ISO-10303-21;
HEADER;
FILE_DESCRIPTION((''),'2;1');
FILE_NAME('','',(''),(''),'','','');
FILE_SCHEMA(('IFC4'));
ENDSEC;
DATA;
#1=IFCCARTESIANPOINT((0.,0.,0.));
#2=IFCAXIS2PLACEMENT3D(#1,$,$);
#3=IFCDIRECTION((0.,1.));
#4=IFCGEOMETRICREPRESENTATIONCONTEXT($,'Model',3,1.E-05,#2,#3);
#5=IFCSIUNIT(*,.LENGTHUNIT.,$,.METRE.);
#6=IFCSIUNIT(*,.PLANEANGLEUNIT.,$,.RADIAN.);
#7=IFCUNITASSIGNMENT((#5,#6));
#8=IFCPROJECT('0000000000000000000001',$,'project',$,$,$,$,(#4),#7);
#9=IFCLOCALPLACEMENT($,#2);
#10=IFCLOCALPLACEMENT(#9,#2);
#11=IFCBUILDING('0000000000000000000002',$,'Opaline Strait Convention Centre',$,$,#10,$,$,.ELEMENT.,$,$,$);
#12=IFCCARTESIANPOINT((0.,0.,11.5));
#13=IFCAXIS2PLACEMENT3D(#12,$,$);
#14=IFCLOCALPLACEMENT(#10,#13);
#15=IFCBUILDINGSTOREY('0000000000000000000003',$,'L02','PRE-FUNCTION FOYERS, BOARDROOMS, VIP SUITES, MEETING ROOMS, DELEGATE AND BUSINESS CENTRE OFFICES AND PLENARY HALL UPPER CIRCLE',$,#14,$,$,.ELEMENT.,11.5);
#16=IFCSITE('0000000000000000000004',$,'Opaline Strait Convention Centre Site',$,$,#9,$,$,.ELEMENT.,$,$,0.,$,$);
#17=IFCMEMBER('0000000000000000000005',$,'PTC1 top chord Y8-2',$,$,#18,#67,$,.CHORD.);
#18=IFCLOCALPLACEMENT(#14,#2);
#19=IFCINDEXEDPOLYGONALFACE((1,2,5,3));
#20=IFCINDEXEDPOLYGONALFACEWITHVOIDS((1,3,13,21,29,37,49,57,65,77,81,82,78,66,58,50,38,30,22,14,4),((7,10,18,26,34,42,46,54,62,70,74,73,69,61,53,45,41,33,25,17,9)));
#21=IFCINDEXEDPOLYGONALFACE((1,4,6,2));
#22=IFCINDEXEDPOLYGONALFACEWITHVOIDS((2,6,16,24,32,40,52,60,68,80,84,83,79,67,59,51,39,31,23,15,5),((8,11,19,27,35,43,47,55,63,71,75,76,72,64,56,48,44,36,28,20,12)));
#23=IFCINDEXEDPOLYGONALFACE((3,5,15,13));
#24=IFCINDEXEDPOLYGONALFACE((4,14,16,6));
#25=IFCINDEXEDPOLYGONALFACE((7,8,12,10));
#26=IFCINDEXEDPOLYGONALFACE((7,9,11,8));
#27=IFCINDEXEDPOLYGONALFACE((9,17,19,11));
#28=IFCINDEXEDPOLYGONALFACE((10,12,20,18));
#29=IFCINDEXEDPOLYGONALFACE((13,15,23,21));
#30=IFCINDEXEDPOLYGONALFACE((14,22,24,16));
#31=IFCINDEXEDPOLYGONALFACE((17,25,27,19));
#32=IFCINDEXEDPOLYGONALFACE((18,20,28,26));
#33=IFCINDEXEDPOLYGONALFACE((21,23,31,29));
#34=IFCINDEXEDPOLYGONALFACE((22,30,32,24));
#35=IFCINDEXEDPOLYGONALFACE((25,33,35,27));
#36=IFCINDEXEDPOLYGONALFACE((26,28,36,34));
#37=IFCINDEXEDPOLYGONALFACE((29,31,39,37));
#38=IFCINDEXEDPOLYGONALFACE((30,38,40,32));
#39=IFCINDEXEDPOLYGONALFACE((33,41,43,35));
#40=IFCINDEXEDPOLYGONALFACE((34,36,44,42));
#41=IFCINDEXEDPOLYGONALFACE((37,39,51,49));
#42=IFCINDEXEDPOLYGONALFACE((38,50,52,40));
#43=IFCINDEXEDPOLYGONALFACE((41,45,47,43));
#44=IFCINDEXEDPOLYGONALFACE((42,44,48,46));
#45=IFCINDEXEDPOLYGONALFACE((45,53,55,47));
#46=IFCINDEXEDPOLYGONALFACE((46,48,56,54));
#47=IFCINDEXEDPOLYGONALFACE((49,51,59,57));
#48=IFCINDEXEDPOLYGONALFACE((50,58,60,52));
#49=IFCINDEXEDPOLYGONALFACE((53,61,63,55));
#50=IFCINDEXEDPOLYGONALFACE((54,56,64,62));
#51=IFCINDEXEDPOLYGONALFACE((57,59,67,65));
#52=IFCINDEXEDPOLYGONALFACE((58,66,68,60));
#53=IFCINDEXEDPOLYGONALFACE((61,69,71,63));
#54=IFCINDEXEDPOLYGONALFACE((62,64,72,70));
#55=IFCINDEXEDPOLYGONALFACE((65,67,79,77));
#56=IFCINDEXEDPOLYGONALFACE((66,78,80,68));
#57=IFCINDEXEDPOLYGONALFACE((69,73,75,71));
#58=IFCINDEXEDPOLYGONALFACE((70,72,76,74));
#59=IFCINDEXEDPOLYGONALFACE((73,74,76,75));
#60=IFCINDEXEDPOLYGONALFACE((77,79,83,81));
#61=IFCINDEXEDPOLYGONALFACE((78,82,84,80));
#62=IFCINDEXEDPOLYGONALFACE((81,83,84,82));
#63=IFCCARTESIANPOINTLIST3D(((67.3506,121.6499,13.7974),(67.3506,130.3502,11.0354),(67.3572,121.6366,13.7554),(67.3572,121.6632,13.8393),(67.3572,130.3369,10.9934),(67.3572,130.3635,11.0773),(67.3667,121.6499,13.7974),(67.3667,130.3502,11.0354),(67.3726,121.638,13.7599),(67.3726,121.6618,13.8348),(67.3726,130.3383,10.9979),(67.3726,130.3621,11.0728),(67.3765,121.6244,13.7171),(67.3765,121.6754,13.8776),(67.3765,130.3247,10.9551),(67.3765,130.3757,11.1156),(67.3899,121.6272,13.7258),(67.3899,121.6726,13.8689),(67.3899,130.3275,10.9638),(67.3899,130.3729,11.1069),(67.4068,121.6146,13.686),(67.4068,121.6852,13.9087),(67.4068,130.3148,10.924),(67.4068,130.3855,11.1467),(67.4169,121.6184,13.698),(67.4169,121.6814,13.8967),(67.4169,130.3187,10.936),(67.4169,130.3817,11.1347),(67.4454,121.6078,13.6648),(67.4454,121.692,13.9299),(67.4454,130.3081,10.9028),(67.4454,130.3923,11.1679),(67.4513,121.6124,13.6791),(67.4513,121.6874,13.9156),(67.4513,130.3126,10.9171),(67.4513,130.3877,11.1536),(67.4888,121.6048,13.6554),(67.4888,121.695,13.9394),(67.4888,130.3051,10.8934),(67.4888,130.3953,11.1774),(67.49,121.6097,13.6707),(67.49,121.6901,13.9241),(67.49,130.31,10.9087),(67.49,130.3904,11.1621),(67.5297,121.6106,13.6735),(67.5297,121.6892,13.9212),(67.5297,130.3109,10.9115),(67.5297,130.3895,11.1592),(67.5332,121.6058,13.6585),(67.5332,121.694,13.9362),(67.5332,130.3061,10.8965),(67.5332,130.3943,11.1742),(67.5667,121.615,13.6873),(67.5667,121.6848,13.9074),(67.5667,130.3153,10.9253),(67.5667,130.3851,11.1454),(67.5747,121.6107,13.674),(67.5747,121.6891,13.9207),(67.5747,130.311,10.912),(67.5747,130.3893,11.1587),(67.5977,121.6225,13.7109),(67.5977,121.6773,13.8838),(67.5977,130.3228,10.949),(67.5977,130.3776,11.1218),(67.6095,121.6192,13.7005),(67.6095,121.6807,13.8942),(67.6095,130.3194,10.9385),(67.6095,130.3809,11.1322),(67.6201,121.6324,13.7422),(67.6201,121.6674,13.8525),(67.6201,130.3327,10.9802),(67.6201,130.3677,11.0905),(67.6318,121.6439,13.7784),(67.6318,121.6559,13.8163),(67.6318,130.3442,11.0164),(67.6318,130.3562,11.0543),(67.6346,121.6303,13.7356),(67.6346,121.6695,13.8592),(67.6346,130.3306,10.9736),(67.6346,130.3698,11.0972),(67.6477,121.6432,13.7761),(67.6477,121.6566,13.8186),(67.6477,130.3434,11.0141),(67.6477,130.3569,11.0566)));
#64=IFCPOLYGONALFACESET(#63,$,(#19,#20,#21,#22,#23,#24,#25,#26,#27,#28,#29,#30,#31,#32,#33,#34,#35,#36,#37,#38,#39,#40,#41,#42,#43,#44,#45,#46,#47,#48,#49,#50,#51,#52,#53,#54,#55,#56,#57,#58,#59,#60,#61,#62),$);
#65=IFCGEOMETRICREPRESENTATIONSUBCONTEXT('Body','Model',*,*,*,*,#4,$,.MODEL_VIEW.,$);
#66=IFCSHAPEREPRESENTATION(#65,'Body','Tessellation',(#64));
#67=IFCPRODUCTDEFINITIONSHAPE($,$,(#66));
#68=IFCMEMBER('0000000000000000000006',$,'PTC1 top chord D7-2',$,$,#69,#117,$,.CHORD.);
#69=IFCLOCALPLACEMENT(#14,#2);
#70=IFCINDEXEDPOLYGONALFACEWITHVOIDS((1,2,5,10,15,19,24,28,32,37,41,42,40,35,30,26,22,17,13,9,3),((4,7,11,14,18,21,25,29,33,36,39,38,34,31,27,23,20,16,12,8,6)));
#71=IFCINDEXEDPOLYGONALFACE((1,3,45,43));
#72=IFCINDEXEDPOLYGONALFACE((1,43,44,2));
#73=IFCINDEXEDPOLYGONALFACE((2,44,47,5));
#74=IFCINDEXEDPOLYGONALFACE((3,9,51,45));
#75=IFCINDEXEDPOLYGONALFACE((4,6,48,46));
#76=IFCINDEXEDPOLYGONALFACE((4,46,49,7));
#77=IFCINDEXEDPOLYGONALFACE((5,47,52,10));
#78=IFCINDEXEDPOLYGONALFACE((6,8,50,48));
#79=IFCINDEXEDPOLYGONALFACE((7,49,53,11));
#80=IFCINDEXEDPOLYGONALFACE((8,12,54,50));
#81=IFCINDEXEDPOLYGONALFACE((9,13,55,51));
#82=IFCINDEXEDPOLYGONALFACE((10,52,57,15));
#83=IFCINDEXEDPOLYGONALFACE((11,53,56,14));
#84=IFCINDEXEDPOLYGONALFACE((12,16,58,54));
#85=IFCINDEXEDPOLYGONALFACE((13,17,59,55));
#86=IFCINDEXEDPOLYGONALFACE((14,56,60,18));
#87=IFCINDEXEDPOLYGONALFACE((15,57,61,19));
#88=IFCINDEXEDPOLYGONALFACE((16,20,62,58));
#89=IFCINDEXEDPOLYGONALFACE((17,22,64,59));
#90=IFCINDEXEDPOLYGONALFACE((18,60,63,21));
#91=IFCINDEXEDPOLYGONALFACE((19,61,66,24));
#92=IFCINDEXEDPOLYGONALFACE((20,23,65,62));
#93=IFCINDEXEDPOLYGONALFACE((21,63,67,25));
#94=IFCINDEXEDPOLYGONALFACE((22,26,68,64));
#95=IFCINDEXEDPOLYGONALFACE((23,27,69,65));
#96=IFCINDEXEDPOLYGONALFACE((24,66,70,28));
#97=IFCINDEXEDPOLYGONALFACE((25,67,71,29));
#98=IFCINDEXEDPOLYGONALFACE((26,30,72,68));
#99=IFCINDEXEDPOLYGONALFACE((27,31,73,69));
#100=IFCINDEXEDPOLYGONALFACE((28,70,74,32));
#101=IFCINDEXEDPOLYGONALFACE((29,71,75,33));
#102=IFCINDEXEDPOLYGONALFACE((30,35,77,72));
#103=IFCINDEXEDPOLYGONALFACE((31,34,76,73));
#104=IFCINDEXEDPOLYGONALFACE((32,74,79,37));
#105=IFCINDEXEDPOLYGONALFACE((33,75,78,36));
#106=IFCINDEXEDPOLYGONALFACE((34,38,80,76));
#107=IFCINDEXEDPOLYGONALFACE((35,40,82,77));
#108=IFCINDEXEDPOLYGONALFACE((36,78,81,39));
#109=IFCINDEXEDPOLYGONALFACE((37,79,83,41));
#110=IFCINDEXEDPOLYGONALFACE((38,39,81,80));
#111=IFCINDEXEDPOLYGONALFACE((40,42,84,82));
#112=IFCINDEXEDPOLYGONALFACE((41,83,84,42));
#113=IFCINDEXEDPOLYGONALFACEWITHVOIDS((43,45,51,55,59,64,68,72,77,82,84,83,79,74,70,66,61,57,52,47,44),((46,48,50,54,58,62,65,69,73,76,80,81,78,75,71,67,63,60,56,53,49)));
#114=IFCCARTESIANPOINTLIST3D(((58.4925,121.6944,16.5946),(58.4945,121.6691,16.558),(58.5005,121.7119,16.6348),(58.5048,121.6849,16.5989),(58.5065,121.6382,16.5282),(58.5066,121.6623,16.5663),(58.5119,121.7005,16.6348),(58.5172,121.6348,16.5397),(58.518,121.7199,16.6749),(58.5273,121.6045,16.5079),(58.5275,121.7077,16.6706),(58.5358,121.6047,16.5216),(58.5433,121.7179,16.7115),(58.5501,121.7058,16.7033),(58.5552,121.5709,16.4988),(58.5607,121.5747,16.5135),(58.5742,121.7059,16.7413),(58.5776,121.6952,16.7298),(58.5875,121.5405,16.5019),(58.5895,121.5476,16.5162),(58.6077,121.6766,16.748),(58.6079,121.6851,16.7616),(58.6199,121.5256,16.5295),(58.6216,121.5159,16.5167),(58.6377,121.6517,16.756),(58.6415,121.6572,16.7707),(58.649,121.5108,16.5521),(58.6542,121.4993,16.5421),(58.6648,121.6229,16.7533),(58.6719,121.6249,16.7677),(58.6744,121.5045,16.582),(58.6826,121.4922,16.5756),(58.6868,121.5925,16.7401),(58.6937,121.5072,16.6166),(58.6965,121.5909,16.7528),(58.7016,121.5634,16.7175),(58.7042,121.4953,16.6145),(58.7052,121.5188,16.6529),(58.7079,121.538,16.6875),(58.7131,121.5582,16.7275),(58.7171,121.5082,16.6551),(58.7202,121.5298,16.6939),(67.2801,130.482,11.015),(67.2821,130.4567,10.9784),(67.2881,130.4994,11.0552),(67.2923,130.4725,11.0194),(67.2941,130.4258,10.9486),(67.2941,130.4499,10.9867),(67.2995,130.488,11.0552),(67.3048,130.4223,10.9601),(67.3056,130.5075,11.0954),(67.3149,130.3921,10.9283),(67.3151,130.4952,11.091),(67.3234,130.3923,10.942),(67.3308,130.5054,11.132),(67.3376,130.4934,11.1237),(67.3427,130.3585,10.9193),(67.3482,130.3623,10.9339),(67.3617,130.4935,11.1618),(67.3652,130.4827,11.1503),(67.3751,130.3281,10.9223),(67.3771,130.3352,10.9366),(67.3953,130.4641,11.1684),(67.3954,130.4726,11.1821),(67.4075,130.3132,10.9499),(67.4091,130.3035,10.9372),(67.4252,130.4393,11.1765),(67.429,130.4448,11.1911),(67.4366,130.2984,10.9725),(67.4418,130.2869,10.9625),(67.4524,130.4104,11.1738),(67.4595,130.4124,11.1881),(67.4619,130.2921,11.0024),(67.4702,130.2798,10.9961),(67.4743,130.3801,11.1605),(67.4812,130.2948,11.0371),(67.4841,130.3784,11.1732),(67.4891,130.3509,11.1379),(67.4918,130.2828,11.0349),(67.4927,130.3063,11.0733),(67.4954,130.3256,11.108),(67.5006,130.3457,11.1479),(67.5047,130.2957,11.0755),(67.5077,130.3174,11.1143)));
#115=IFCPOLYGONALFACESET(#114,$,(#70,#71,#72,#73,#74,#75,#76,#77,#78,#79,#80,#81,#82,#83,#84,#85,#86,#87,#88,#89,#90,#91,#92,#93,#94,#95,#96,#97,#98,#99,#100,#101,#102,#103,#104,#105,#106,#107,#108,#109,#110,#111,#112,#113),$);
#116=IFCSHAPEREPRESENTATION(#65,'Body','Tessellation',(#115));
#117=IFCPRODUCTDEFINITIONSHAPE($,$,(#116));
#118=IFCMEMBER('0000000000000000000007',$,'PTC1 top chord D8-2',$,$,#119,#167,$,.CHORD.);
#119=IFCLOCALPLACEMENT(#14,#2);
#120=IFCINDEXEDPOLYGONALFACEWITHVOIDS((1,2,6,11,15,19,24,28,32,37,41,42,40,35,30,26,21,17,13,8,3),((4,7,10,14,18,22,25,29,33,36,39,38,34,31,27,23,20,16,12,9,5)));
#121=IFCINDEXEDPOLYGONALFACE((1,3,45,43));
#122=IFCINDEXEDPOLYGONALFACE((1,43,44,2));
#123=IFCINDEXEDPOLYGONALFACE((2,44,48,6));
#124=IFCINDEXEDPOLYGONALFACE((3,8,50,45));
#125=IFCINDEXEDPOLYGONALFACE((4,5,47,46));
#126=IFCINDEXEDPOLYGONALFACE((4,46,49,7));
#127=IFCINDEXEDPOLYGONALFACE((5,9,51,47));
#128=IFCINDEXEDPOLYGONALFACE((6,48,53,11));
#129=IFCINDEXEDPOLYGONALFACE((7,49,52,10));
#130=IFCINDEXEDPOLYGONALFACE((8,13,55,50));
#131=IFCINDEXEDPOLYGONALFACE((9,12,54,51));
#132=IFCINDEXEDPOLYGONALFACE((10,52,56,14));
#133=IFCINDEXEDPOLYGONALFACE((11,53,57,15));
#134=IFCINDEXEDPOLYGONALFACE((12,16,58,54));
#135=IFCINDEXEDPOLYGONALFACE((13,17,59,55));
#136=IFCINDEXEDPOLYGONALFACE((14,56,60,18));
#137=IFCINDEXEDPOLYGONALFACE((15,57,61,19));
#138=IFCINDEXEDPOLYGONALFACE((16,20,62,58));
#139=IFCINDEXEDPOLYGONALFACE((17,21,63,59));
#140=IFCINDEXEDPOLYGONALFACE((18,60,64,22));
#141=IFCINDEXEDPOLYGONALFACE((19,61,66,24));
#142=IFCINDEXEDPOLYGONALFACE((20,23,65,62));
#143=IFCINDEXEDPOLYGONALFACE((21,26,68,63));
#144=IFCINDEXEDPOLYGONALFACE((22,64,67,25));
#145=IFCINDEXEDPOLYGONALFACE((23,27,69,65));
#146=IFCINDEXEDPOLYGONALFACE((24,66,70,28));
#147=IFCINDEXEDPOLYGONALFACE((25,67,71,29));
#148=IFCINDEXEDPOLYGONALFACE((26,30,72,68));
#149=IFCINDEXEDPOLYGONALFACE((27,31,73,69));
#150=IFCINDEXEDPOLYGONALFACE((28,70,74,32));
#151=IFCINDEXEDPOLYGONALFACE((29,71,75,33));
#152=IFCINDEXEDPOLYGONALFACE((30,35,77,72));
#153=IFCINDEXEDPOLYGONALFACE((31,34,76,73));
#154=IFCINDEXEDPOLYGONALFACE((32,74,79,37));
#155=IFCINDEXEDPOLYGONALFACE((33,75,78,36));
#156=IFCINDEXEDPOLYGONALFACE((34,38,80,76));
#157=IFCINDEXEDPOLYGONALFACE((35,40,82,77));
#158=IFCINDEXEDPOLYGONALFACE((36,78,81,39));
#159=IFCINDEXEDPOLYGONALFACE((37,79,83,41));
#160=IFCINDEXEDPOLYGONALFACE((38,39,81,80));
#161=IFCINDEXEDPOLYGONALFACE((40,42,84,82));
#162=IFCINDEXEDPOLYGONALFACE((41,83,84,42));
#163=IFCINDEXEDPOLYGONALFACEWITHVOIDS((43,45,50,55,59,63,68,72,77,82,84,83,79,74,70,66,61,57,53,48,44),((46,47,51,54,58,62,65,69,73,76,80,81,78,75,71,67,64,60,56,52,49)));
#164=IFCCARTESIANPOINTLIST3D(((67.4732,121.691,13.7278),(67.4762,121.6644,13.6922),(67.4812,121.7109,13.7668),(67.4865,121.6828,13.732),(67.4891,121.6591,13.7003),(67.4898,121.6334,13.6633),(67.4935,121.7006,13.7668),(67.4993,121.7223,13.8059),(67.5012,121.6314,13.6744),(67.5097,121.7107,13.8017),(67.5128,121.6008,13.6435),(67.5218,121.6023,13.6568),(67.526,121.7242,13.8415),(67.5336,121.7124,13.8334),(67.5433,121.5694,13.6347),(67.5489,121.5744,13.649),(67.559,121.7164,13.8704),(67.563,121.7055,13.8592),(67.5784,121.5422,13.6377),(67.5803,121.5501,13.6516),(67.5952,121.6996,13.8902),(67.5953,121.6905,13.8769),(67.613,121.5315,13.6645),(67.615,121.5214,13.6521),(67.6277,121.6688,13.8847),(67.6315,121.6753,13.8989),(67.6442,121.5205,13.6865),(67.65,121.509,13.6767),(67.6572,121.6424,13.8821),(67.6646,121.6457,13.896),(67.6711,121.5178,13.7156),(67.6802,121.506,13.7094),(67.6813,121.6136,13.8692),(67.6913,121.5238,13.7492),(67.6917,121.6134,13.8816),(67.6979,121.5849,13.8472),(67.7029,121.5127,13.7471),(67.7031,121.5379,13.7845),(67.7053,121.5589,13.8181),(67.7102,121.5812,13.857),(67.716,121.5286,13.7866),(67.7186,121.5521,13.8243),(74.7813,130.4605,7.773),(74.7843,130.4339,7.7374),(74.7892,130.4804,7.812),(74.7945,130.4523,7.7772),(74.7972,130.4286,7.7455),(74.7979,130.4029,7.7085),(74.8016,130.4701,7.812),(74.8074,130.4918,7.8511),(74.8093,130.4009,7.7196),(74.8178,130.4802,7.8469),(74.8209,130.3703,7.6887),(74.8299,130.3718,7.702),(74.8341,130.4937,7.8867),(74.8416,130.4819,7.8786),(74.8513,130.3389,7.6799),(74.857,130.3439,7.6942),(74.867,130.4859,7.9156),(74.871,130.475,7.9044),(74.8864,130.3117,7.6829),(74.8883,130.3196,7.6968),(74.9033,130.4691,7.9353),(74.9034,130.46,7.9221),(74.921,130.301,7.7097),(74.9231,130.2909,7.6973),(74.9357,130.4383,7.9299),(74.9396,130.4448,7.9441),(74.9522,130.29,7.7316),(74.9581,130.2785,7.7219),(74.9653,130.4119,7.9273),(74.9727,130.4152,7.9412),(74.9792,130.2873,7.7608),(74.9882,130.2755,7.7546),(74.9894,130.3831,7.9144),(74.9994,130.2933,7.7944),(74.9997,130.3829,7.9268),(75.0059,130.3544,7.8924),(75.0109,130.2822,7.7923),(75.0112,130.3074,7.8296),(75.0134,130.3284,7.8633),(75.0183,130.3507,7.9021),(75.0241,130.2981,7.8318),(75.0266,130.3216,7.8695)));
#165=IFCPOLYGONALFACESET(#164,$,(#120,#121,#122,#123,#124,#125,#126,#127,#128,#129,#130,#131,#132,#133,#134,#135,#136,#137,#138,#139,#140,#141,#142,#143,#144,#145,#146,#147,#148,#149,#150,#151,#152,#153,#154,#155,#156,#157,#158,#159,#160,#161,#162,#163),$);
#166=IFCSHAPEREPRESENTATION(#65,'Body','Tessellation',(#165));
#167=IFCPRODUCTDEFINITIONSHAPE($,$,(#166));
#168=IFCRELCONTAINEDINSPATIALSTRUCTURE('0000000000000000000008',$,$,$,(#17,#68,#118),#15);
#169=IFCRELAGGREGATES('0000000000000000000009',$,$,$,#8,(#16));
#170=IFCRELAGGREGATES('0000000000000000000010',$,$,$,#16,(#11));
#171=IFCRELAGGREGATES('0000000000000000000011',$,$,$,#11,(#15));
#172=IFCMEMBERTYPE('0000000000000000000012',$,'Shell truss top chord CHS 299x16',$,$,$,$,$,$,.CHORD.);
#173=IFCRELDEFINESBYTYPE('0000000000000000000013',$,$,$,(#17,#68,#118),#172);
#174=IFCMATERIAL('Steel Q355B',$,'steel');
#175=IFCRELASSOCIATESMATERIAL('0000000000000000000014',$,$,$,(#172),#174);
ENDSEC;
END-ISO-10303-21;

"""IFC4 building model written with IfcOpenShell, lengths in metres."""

from ifc_helpers import new_model, si_unit, direction, frame, origin, origin_2d, place, context, subcontext, project, spatial, hollow_circle, extrude, material, material_profile, profile_set, type_object, element, save


model = new_model("IFC4")

# Units and contexts
model_context = context("Model", 3, precision=1e-05, world=origin(), true_north=direction((0.0, 1.0)))
body_context = subcontext(model_context, "Body", "Model", "MODEL_VIEW")
ifc_project = project(units=[si_unit("LENGTHUNIT", "METRE"), si_unit("PLANEANGLEUNIT", "RADIAN")], contexts=[model_context])

# Site, building, storey
site_placement = place(None, origin())
site = spatial("IfcSite", under=ifc_project, at=site_placement, Name="Opaline Strait Convention Centre Site", CompositionType="ELEMENT", RefElevation=0.0)
building_placement = place(site_placement, origin())
building = spatial("IfcBuilding", under=site, at=building_placement, Name="Opaline Strait Convention Centre", CompositionType="ELEMENT")
storey_placement = place(building_placement, frame((0.0, 0.0, 11.5)))
storey = spatial("IfcBuildingStorey", under=building, at=storey_placement, Name="L02", Description="PRE-FUNCTION FOYERS, BOARDROOMS, VIP SUITES, MEETING ROOMS, DELEGATE AND BUSINESS CENTRE OFFICES AND PLENARY HALL UPPER CIRCLE", CompositionType="ELEMENT", Elevation=11.5)

# Members
ifc_material_1 = material(Name="Steel Q355B", Category="steel")
ifc_material_profile_1 = material_profile(ifc_material_1, hollow_circle(Radius=0.1494, WallThickness=0.0161, at=origin_2d()), Name="CHS 299x16")
ifc_profile_set_1 = profile_set([ifc_material_profile_1], Name="Steel Q355B")
member_type_1 = type_object("IfcMemberType", Name="Shell truss top chord CHS 299x16", PredefinedType="CHORD", material=ifc_profile_set_1)
for number, where, z_axis, x_axis, name in (
    (1, (67.5, 121.6499, 13.7974), (0.0, 0.953124, -0.302579), (-1.0, 0.0, 0.0), "PTC1 top chord Y8-2"),
):
    element("IfcMember", number, at=place(storey_placement, frame(where, z_axis=z_axis, x_axis=x_axis)), inside=storey, type_object=member_type_1, Name=name, PredefinedType="CHORD", context=body_context, shape_type="SweptSolid", body=[
        extrude(hollow_circle(Radius=0.1494, WallThickness=0.0161, at=origin_2d()), origin(), (0.0, 0.0, 1.0), 9.1282),
    ])
member_1_placement = place(storey_placement, frame((58.6062, 121.6062, 16.6348), z_axis=(0.645074, 0.645074, -0.409583), x_axis=(-0.707107, 0.707107, 0.0)))
element("IfcMember", 2, at=member_1_placement, inside=storey, type_object=member_type_1, Name="PTC1 top chord D7-2", PredefinedType="CHORD", context=body_context, shape_type="SweptSolid", body=[
    extrude(hollow_circle(Radius=0.1494, WallThickness=0.0161, at=origin_2d()), origin(), (0.0, 0.0, 1.0), 13.6226),
])
member_2_placement = place(storey_placement, frame((67.5959, 121.6152, 13.7668), z_axis=(0.567607, 0.681113, -0.462501), x_axis=(-0.768214, 0.640193, 0.0)))
element("IfcMember", 3, at=member_2_placement, inside=storey, type_object=member_type_1, Name="PTC1 top chord D8-2", PredefinedType="CHORD", context=body_context, shape_type="SweptSolid", body=[
    extrude(hollow_circle(Radius=0.1494, WallThickness=0.0161, at=origin_2d()), origin(), (0.0, 0.0, 1.0), 12.8752),
])

save(model, "model.ifc")
